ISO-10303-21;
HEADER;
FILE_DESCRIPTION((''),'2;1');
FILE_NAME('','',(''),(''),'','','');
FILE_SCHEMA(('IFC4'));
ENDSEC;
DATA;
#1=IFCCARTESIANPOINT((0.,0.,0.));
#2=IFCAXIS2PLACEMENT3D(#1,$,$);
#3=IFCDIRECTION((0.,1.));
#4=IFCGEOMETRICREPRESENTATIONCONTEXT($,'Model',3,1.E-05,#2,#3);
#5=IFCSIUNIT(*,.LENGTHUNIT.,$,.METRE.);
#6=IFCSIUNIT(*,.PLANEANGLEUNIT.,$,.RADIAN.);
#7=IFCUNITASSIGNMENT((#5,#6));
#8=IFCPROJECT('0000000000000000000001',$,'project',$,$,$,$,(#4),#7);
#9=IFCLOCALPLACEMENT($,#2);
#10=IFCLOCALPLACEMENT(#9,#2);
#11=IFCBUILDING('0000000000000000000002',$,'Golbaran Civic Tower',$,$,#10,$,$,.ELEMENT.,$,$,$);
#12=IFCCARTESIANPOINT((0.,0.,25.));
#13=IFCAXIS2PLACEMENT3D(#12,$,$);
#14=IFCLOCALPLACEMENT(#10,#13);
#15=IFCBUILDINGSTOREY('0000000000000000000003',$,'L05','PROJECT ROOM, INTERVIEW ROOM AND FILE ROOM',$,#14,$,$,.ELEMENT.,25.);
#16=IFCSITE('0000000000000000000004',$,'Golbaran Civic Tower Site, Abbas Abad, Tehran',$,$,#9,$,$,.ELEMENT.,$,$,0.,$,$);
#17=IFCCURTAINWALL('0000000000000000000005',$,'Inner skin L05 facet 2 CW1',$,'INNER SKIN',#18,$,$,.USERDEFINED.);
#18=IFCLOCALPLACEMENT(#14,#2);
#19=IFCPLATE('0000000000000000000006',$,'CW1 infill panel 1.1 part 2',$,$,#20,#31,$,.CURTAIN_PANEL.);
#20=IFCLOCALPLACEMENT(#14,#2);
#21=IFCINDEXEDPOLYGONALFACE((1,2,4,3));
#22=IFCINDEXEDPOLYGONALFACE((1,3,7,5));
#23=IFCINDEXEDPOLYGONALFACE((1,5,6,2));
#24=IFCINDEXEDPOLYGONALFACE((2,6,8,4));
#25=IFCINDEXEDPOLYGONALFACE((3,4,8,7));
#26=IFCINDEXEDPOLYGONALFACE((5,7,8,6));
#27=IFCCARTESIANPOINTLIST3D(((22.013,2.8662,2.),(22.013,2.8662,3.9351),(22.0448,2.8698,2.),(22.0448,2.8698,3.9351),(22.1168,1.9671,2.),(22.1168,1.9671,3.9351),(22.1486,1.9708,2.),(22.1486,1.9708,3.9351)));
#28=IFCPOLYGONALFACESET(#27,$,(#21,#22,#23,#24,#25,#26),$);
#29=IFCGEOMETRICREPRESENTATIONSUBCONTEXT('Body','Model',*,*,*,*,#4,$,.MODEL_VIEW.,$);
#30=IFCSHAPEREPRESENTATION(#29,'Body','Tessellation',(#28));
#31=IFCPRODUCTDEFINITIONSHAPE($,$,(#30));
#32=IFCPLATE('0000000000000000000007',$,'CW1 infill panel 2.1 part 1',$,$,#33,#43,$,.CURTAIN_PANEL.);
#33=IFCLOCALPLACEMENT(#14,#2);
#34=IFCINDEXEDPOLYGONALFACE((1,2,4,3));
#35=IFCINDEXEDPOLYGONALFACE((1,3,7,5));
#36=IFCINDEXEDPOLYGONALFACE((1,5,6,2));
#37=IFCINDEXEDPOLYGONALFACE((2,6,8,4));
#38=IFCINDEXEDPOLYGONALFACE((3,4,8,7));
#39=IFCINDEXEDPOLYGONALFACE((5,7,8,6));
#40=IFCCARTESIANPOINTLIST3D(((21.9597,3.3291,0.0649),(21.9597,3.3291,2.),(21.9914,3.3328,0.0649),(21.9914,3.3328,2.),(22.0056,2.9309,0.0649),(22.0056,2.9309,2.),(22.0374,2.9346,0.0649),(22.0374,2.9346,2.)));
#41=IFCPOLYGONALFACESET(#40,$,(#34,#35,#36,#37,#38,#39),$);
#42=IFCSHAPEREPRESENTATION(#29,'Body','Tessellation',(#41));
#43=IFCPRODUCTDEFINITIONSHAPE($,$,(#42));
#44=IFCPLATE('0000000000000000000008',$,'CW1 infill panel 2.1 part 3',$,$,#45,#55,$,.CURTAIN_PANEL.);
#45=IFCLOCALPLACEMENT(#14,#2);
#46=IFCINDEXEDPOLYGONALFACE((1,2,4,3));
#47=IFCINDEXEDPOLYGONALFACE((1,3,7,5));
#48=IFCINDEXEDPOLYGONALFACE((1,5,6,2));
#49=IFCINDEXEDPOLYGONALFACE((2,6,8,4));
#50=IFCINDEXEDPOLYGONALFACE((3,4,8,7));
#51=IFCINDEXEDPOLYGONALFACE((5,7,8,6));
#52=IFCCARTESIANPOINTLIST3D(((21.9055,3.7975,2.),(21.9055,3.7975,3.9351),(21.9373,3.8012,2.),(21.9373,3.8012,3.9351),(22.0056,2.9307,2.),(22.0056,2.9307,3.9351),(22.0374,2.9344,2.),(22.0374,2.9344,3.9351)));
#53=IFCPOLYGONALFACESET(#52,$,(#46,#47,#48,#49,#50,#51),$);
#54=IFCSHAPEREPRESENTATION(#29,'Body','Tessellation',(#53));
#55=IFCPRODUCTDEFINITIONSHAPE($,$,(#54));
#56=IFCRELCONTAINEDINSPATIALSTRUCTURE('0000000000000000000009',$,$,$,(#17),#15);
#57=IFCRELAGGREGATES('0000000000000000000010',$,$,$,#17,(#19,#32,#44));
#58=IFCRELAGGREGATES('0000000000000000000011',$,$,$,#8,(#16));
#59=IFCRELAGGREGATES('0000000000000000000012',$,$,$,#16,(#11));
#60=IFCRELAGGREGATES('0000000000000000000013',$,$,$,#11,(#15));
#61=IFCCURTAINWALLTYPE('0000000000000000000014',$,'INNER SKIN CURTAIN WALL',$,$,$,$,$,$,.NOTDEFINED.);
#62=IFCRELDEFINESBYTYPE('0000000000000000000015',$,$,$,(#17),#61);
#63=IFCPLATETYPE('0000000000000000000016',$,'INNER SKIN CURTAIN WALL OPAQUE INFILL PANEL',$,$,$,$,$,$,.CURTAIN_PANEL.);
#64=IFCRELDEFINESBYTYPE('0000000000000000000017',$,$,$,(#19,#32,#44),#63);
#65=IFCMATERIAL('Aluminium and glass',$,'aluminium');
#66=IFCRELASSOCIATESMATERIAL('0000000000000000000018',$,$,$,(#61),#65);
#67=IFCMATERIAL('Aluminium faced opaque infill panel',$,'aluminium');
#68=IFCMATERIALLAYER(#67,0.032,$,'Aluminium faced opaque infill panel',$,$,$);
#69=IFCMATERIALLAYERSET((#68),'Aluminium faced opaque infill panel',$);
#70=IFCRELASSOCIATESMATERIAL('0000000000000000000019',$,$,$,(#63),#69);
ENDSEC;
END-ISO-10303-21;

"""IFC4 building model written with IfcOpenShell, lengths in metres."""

from ifc_helpers import new_model, si_unit, direction, frame, origin, origin_2d, place, context, subcontext, project, spatial, rectangle, extrude, material, layer, layer_set, type_object, element, aggregate, save


model = new_model("IFC4")

# Units and contexts
model_context = context("Model", 3, precision=1e-05, world=origin(), true_north=direction((0.0, 1.0)))
body_context = subcontext(model_context, "Body", "Model", "MODEL_VIEW")
ifc_project = project(units=[si_unit("LENGTHUNIT", "METRE"), si_unit("PLANEANGLEUNIT", "RADIAN")], contexts=[model_context])

# Site, building, storey
site_placement = place(None, origin())
site = spatial("IfcSite", under=ifc_project, at=site_placement, Name="Golbaran Civic Tower Site, Abbas Abad, Tehran", CompositionType="ELEMENT", RefElevation=0.0)
building_placement = place(site_placement, origin())
building = spatial("IfcBuilding", under=site, at=building_placement, Name="Golbaran Civic Tower", CompositionType="ELEMENT")
storey_placement = place(building_placement, frame((0.0, 0.0, 25.0)))
storey = spatial("IfcBuildingStorey", under=building, at=storey_placement, Name="L05", Description="PROJECT ROOM, INTERVIEW ROOM AND FILE ROOM", CompositionType="ELEMENT", Elevation=25.0)

# Curtain wall
ifc_material_1 = material(Name="Aluminium and glass", Category="aluminium")
curtain_wall_type = type_object("IfcCurtainWallType", Name="INNER SKIN CURTAIN WALL", PredefinedType="NOTDEFINED", material=ifc_material_1)
curtain_wall_1_placement = place(storey_placement, origin())
curtain_wall_1 = element("IfcCurtainWall", 1, at=curtain_wall_1_placement, inside=storey, type_object=curtain_wall_type, Name="Inner skin L05 facet 2 CW1", ObjectType="INNER SKIN", PredefinedType="USERDEFINED")

# Plates
ifc_material_2 = material(Name="Aluminium faced opaque infill panel", Category="aluminium")
ifc_layer_1 = layer(ifc_material_2, 0.032, Name="Aluminium faced opaque infill panel")
ifc_layer_set_1 = layer_set([ifc_layer_1], Name="Aluminium faced opaque infill panel")
plate_type_1 = type_object("IfcPlateType", Name="INNER SKIN CURTAIN WALL OPAQUE INFILL PANEL", PredefinedType="CURTAIN_PANEL", material=ifc_layer_set_1)
plate_1_placement = place(storey_placement, frame((22.0808, 2.4185, 2.0), z_axis=(0.0, 0.0, 1.0), x_axis=(-0.114683, 0.993402, 0.0)))
plate_1 = element("IfcPlate", 2, at=plate_1_placement, type_object=plate_type_1, Name="CW1 infill panel 1.1 part 2", PredefinedType="CURTAIN_PANEL", context=body_context, shape_type="SweptSolid", body=[
    extrude(rectangle(XDim=0.905, YDim=0.032, at=origin_2d()), origin(), (0.0, 0.0, 1.0), 1.9351),
])
plate_2_placement = place(storey_placement, frame((21.9985, 3.1318, 0.0649), z_axis=(0.0, 0.0, 1.0), x_axis=(-0.114683, 0.993402, 0.0)))
plate_2 = element("IfcPlate", 3, at=plate_2_placement, type_object=plate_type_1, Name="CW1 infill panel 2.1 part 1", PredefinedType="CURTAIN_PANEL", context=body_context, shape_type="SweptSolid", body=[
    extrude(rectangle(XDim=0.4009, YDim=0.032, at=origin_2d()), origin(), (0.0, 0.0, 1.0), 1.9351),
])
plate_3_placement = place(storey_placement, frame((21.9714, 3.366, 2.0), z_axis=(0.0, 0.0, 1.0), x_axis=(-0.114683, 0.993402, 0.0)))
plate_3 = element("IfcPlate", 4, at=plate_3_placement, type_object=plate_type_1, Name="CW1 infill panel 2.1 part 3", PredefinedType="CURTAIN_PANEL", context=body_context, shape_type="SweptSolid", body=[
    extrude(rectangle(XDim=0.8726, YDim=0.032, at=origin_2d()), origin(), (0.0, 0.0, 1.0), 1.9351),
])
aggregate(curtain_wall_1, [plate_1, plate_2, plate_3])

save(model, "model.ifc")
